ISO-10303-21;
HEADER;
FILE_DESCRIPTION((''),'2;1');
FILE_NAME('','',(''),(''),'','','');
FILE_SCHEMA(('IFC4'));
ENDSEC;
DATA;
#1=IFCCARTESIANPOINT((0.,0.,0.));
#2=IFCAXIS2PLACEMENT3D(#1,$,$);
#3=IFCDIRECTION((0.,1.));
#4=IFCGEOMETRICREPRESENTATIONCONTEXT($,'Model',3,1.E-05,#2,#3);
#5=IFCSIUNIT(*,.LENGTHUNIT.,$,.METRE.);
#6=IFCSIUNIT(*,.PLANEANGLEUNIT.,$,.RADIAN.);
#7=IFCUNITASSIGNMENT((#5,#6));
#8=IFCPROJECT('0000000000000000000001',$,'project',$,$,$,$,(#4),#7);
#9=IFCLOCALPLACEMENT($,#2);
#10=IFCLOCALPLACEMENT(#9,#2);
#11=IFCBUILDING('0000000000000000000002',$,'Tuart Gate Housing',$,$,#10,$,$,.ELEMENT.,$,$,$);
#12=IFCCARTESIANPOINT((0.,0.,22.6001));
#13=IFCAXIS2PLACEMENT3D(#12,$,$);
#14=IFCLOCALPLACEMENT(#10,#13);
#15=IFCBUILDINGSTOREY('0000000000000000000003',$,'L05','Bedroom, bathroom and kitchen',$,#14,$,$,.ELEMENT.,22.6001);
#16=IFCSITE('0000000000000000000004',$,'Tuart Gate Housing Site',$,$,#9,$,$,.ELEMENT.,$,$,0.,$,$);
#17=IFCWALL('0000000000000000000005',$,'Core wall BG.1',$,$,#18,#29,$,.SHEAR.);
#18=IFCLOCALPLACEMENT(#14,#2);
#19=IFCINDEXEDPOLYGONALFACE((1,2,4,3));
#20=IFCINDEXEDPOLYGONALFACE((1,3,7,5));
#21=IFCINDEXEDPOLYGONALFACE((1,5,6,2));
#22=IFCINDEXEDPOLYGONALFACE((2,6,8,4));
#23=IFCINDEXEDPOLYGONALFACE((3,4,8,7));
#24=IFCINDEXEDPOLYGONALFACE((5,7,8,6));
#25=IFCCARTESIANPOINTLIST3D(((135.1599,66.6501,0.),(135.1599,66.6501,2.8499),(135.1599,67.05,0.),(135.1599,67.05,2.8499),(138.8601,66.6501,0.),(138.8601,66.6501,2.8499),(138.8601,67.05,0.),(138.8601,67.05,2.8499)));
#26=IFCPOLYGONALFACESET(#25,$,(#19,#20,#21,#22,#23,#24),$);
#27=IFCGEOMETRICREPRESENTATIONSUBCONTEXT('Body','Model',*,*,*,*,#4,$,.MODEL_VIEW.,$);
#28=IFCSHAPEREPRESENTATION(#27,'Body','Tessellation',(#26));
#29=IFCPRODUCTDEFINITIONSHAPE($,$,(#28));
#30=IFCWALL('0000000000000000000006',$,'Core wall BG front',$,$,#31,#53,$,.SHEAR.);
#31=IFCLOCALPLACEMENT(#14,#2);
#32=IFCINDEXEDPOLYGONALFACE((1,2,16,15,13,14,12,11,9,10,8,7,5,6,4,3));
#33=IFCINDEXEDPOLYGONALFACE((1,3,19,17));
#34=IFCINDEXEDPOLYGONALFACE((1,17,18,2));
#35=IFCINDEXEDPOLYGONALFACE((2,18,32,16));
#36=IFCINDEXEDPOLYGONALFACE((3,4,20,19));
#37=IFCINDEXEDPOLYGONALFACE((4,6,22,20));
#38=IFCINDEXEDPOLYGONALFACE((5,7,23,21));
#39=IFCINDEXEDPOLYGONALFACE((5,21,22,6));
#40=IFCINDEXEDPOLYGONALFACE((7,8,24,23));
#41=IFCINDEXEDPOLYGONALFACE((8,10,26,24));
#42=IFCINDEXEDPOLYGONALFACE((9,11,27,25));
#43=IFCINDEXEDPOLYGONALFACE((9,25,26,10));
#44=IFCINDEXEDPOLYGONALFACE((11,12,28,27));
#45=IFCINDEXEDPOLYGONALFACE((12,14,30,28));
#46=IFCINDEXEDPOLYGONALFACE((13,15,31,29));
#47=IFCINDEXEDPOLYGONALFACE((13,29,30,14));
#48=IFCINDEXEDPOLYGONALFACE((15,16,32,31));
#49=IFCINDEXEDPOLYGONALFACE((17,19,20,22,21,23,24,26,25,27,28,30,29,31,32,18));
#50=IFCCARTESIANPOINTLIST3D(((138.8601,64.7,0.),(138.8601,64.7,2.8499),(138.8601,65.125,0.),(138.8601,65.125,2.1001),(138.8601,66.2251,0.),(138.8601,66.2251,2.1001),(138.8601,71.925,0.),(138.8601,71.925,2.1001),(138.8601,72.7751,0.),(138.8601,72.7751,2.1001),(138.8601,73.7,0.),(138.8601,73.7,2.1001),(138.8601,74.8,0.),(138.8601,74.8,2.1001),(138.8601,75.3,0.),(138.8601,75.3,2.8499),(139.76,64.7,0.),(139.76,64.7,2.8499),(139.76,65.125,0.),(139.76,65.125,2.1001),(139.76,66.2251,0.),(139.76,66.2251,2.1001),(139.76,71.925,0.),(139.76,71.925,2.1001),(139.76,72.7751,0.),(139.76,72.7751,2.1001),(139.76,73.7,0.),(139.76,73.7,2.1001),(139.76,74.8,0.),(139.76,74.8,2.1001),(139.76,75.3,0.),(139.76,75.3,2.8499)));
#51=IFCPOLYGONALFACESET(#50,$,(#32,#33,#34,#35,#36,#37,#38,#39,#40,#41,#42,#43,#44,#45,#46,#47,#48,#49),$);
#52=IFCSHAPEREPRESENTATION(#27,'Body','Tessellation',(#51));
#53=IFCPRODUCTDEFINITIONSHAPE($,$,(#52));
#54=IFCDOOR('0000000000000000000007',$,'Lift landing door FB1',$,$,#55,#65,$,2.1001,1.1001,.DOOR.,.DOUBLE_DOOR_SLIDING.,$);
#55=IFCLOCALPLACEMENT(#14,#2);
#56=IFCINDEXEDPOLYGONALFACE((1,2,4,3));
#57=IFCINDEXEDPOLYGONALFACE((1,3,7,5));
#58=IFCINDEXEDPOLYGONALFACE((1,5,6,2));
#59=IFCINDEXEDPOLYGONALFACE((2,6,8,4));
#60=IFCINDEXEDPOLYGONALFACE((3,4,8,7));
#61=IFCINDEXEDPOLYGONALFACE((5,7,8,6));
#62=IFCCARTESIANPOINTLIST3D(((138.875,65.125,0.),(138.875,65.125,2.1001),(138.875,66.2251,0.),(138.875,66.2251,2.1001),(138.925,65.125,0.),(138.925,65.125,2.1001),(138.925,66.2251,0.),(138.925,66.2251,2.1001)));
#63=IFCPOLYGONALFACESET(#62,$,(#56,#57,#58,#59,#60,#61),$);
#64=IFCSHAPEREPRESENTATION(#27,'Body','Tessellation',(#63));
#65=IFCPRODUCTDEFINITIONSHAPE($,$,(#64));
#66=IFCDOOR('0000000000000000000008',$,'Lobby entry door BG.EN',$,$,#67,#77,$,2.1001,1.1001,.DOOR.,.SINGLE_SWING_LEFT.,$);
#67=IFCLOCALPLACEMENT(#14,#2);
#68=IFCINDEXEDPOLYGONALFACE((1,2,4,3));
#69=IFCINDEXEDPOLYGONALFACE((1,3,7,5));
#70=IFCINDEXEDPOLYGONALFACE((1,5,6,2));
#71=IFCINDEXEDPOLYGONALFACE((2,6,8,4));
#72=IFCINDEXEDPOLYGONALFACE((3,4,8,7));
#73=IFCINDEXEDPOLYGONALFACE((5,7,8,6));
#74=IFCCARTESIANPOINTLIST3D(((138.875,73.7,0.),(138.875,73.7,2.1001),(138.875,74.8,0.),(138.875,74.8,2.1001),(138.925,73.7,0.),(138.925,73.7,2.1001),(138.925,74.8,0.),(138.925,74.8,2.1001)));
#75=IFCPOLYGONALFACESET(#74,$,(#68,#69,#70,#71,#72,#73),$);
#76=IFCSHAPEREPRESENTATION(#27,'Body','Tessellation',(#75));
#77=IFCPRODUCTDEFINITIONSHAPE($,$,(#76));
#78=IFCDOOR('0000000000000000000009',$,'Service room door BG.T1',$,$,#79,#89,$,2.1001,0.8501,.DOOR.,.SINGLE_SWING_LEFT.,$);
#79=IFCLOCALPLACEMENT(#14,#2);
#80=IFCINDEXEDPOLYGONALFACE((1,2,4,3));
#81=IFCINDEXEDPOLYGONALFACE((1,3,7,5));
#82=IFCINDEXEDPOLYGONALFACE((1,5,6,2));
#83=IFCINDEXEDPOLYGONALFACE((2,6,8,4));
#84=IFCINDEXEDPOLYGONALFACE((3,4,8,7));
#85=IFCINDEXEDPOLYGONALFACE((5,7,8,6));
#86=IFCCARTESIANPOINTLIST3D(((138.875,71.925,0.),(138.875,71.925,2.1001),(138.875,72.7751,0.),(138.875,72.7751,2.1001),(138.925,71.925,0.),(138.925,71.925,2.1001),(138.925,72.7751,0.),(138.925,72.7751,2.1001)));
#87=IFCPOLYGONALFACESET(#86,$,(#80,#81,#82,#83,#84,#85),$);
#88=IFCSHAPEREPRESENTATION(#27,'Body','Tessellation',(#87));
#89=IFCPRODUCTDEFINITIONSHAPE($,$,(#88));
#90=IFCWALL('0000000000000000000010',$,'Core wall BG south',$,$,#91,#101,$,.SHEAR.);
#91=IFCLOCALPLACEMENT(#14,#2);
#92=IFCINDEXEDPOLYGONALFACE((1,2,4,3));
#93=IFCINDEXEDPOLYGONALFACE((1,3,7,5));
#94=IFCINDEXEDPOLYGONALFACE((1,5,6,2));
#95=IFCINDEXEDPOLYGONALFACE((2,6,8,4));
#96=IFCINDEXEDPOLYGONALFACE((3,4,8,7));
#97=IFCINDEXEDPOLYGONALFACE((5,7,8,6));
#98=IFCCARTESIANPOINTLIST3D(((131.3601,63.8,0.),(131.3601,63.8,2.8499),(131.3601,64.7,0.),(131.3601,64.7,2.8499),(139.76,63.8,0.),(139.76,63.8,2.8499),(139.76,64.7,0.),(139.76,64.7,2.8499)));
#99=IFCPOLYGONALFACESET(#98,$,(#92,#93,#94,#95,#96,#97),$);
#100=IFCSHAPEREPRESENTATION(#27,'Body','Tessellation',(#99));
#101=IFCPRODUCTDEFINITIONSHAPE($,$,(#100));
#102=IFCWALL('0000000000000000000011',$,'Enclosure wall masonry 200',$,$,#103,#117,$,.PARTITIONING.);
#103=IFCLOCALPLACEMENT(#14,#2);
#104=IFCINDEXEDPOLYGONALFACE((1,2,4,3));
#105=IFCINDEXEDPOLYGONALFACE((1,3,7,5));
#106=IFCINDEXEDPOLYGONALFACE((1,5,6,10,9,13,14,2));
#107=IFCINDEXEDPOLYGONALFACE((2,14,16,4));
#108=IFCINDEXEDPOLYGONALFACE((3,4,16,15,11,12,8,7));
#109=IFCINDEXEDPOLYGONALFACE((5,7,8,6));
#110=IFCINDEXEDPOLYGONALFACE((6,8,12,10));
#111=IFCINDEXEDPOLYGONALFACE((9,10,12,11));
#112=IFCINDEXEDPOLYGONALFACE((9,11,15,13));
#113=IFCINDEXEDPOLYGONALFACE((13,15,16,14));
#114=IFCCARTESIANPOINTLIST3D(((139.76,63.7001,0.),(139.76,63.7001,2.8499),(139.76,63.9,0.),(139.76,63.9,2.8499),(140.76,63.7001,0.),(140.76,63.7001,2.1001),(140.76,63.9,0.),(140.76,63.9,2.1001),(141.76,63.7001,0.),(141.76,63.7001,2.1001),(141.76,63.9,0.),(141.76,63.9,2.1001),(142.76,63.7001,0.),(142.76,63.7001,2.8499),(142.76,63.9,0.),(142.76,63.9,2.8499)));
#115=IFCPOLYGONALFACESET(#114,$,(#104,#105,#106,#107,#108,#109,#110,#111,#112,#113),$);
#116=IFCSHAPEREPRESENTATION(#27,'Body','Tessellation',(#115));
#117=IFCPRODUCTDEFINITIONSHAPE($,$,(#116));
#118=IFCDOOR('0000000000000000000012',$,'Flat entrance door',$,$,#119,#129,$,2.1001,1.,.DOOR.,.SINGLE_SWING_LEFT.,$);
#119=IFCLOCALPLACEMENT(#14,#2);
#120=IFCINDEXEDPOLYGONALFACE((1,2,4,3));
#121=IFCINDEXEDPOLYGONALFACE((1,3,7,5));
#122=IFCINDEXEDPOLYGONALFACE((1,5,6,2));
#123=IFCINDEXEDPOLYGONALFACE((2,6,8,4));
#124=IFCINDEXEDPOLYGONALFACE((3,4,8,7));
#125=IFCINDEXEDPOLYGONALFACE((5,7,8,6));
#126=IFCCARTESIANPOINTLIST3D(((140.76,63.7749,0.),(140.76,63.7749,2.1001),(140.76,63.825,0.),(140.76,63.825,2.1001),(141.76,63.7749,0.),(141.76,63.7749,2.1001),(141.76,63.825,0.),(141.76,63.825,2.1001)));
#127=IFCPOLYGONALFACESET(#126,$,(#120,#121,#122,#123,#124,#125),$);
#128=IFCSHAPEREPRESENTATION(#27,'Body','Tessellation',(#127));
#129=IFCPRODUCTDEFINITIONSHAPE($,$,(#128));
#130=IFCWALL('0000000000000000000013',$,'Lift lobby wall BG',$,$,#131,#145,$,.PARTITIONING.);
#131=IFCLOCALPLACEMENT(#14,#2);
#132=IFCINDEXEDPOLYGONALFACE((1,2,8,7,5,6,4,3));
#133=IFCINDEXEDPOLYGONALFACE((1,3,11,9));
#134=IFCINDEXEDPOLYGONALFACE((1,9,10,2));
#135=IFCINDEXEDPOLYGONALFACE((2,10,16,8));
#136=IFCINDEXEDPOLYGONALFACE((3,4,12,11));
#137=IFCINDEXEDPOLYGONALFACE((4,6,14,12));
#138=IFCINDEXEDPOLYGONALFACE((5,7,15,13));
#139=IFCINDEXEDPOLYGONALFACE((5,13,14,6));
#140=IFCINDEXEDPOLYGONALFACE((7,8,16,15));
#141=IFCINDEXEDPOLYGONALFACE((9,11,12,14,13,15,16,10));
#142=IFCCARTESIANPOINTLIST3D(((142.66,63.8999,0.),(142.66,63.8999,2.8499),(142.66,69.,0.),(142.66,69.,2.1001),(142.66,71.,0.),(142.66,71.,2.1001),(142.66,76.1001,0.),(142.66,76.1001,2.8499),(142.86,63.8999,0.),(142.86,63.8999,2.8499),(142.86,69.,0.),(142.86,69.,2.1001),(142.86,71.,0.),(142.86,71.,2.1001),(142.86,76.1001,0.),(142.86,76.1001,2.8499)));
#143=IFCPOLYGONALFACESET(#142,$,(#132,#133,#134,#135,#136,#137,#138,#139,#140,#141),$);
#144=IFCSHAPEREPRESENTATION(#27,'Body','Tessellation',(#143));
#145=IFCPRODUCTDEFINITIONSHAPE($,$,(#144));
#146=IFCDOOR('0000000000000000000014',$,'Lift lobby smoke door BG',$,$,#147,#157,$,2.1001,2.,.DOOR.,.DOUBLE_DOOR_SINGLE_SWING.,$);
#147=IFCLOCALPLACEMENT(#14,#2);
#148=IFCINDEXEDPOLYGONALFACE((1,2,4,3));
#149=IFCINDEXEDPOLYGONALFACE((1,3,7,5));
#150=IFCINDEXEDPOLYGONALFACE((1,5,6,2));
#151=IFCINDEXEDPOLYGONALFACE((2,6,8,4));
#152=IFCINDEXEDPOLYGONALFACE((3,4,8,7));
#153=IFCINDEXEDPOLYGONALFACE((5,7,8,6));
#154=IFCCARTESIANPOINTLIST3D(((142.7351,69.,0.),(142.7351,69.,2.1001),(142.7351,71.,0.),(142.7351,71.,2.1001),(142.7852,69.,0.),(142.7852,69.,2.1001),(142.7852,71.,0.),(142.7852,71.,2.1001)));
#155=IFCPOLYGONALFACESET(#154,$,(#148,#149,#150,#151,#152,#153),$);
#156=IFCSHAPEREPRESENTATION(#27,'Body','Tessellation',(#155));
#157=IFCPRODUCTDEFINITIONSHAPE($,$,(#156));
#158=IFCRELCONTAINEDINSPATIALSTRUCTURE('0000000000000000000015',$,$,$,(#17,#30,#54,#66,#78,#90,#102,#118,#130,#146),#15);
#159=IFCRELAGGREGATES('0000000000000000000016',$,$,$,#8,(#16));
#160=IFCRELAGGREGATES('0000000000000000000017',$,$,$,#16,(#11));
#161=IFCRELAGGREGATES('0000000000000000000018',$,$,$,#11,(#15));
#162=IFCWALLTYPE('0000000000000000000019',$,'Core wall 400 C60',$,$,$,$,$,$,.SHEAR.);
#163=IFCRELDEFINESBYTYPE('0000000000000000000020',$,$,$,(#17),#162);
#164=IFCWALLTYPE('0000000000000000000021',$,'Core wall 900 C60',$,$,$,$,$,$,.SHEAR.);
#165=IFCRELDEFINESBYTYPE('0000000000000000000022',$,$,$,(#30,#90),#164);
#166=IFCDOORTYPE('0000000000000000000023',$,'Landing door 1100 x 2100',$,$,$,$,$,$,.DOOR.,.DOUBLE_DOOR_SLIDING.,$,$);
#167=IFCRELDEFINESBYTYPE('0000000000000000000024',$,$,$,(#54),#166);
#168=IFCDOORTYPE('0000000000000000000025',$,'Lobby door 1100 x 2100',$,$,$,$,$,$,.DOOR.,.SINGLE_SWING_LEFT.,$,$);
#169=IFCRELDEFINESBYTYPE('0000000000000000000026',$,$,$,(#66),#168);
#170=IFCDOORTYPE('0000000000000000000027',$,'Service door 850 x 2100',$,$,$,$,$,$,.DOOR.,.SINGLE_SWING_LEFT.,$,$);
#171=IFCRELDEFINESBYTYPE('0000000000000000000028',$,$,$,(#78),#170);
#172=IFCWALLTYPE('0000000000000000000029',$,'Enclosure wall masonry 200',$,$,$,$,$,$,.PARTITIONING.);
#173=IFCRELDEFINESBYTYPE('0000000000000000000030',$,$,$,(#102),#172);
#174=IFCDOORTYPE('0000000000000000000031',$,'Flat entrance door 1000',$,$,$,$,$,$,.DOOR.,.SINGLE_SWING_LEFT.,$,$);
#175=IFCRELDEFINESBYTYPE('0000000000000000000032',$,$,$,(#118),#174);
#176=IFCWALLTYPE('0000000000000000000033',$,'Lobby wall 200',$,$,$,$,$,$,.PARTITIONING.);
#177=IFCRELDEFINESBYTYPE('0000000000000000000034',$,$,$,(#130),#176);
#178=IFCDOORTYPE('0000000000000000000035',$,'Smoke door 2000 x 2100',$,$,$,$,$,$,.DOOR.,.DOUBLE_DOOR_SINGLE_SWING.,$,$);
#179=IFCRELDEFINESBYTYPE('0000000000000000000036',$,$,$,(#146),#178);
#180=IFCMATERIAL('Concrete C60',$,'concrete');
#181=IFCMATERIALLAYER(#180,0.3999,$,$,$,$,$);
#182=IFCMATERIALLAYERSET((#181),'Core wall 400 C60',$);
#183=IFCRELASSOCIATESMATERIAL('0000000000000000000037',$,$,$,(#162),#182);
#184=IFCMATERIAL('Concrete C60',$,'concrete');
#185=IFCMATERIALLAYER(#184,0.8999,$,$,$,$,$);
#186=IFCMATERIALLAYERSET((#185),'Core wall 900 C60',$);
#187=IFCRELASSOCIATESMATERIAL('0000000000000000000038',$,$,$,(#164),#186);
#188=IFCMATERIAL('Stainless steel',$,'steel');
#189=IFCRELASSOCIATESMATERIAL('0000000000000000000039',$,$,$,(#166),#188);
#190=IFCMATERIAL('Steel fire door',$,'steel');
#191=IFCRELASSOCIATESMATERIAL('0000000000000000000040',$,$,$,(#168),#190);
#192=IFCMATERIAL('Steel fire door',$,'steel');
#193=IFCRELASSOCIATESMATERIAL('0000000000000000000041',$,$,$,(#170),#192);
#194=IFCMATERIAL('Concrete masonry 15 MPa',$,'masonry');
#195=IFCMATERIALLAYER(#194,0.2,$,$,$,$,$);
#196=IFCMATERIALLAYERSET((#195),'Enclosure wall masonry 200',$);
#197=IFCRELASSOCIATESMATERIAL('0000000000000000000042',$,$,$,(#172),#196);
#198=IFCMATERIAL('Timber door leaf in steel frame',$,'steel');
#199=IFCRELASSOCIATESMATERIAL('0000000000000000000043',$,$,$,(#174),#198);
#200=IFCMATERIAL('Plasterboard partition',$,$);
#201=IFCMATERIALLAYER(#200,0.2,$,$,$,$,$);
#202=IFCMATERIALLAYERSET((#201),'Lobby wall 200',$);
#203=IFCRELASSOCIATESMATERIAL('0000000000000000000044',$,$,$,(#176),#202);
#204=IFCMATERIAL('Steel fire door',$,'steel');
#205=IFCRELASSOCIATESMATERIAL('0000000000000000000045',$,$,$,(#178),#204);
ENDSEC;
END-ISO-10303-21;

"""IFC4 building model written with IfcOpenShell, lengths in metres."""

from ifc_helpers import new_model, si_unit, direction, frame, frame_2d, origin, place, context, subcontext, project, spatial, rectangle, extrude, material, layer, layer_set, type_object, element, fill, save


model = new_model("IFC4")

# Units and contexts
model_context = context("Model", 3, precision=1e-05, world=origin(), true_north=direction((0.0, 1.0)))
body_context = subcontext(model_context, "Body", "Model", "MODEL_VIEW")
ifc_project = project(units=[si_unit("LENGTHUNIT", "METRE"), si_unit("PLANEANGLEUNIT", "RADIAN")], contexts=[model_context])

# Site, building, storey
site_placement = place(None, origin())
site = spatial("IfcSite", under=ifc_project, at=site_placement, Name="Tuart Gate Housing Site", CompositionType="ELEMENT", RefElevation=0.0)
building_placement = place(site_placement, origin())
building = spatial("IfcBuilding", under=site, at=building_placement, Name="Tuart Gate Housing", CompositionType="ELEMENT")
storey_placement = place(building_placement, frame((0.0, 0.0, 22.6001)))
storey = spatial("IfcBuildingStorey", under=building, at=storey_placement, Name="L05", Description="Bedroom, bathroom and kitchen", CompositionType="ELEMENT", Elevation=22.6001)

# Wall
ifc_material_1 = material(Name="Concrete C60", Category="concrete")
ifc_layer_1 = layer(ifc_material_1, 0.3999)
ifc_layer_set_1 = layer_set([ifc_layer_1], Name="Core wall 400 C60")
wall_type_1 = type_object("IfcWallType", Name="Core wall 400 C60", PredefinedType="SHEAR", material=ifc_layer_set_1)
wall_1_placement = place(storey_placement, frame((138.8601, 66.8501, 0.0), z_axis=(0.0, 0.0, 1.0), x_axis=(-1.0, 0.0, 0.0)))
element("IfcWall", 1, at=wall_1_placement, inside=storey, type_object=wall_type_1, Name="Core wall BG.1", PredefinedType="SHEAR", context=body_context, shape_type="SweptSolid", body=[
    extrude(rectangle(XDim=3.7002, YDim=0.3999, at=frame_2d((1.8501, 0.0))), origin(), (0.0, 0.0, 1.0), 2.8499),
])

# Wall, openings, doors
ifc_material_2 = material(Name="Concrete C60", Category="concrete")
ifc_layer_2 = layer(ifc_material_2, 0.8999)
ifc_layer_set_2 = layer_set([ifc_layer_2], Name="Core wall 900 C60")
wall_type_2 = type_object("IfcWallType", Name="Core wall 900 C60", PredefinedType="SHEAR", material=ifc_layer_set_2)
wall_2_placement = place(storey_placement, frame((139.3101, 64.7, 0.0), z_axis=(0.0, 0.0, 1.0), x_axis=(0.0, 1.0, 0.0)))
wall_2 = element("IfcWall", 2, at=wall_2_placement, inside=storey, type_object=wall_type_2, Name="Core wall BG front", PredefinedType="SHEAR", context=body_context, shape_type="SweptSolid", body=[
    extrude(rectangle(XDim=10.6001, YDim=0.8999, at=frame_2d((5.3, 0.0))), origin(), (0.0, 0.0, 1.0), 2.8499),
])
opening_1_placement = place(wall_2_placement, frame((0.425, 0.0, 0.0)))
opening_1 = element("IfcOpeningElement", 3, at=opening_1_placement, cuts=wall_2, PredefinedType="OPENING", context=body_context, shape_type="SweptSolid", body=[
    extrude(rectangle(XDim=1.1001, YDim=2.1001, at=frame_2d((0.55, 1.05))), frame((0.0, 0.46, 0.0), z_axis=(0.0, -1.0, 0.0), x_axis=(1.0, 0.0, 0.0)), (0.0, 0.0, 1.0), 0.9199),
])
opening_2_placement = place(wall_2_placement, frame((9.0, 0.0, 0.0)))
opening_2 = element("IfcOpeningElement", 4, at=opening_2_placement, cuts=wall_2, PredefinedType="OPENING", context=body_context, shape_type="SweptSolid", body=[
    extrude(rectangle(XDim=1.1001, YDim=2.1001, at=frame_2d((0.55, 1.05))), frame((0.0, 0.46, 0.0), z_axis=(0.0, -1.0, 0.0), x_axis=(1.0, 0.0, 0.0)), (0.0, 0.0, 1.0), 0.9199),
])
opening_3_placement = place(wall_2_placement, frame((7.2251, 0.0, 0.0)))
opening_3 = element("IfcOpeningElement", 5, at=opening_3_placement, cuts=wall_2, PredefinedType="OPENING", context=body_context, shape_type="SweptSolid", body=[
    extrude(rectangle(XDim=0.8501, YDim=2.1001, at=frame_2d((0.425, 1.05))), frame((0.0, 0.46, 0.0), z_axis=(0.0, -1.0, 0.0), x_axis=(1.0, 0.0, 0.0)), (0.0, 0.0, 1.0), 0.9199),
])
ifc_material_3 = material(Name="Stainless steel", Category="steel")
door_type_1 = type_object("IfcDoorType", Name="Landing door 1100 x 2100", OperationType="DOUBLE_DOOR_SLIDING", PredefinedType="DOOR", material=ifc_material_3)
door_1_placement = place(opening_1_placement, origin())
door_1 = element("IfcDoor", 6, at=door_1_placement, inside=storey, type_object=door_type_1, Name="Lift landing door FB1", OperationType="DOUBLE_DOOR_SLIDING", OverallHeight=2.1001, OverallWidth=1.1001, PredefinedType="DOOR", context=body_context, shape_type="SweptSolid", body=[
    extrude(rectangle(XDim=1.1001, YDim=2.1001, at=frame_2d((0.55, 1.05))), frame((0.0, 0.4351, 0.0), z_axis=(0.0, -1.0, 0.0), x_axis=(1.0, 0.0, 0.0)), (0.0, 0.0, 1.0), 0.05),
])
fill(opening_1, door_1)
ifc_material_4 = material(Name="Steel fire door", Category="steel")
door_type_2 = type_object("IfcDoorType", Name="Lobby door 1100 x 2100", OperationType="SINGLE_SWING_LEFT", PredefinedType="DOOR", material=ifc_material_4)
door_2_placement = place(opening_2_placement, origin())
door_2 = element("IfcDoor", 7, at=door_2_placement, inside=storey, type_object=door_type_2, Name="Lobby entry door BG.EN", OperationType="SINGLE_SWING_LEFT", OverallHeight=2.1001, OverallWidth=1.1001, PredefinedType="DOOR", context=body_context, shape_type="SweptSolid", body=[
    extrude(rectangle(XDim=1.1001, YDim=2.1001, at=frame_2d((0.55, 1.05))), frame((0.0, 0.4351, 0.0), z_axis=(0.0, -1.0, 0.0), x_axis=(1.0, 0.0, 0.0)), (0.0, 0.0, 1.0), 0.05),
])
fill(opening_2, door_2)
ifc_material_5 = material(Name="Steel fire door", Category="steel")
door_type_3 = type_object("IfcDoorType", Name="Service door 850 x 2100", OperationType="SINGLE_SWING_LEFT", PredefinedType="DOOR", material=ifc_material_5)
door_3_placement = place(opening_3_placement, origin())
door_3 = element("IfcDoor", 8, at=door_3_placement, inside=storey, type_object=door_type_3, Name="Service room door BG.T1", OperationType="SINGLE_SWING_LEFT", OverallHeight=2.1001, OverallWidth=0.8501, PredefinedType="DOOR", context=body_context, shape_type="SweptSolid", body=[
    extrude(rectangle(XDim=0.8501, YDim=2.1001, at=frame_2d((0.425, 1.05))), frame((0.0, 0.4351, 0.0), z_axis=(0.0, -1.0, 0.0), x_axis=(1.0, 0.0, 0.0)), (0.0, 0.0, 1.0), 0.05),
])
fill(opening_3, door_3)

# Wall
wall_3_placement = place(storey_placement, frame((139.76, 64.25, 0.0), z_axis=(0.0, 0.0, 1.0), x_axis=(-1.0, 0.0, 0.0)))
element("IfcWall", 9, at=wall_3_placement, inside=storey, type_object=wall_type_2, Name="Core wall BG south", PredefinedType="SHEAR", context=body_context, shape_type="SweptSolid", body=[
    extrude(rectangle(XDim=8.3999, YDim=0.8999, at=frame_2d((4.2, 0.0))), origin(), (0.0, 0.0, 1.0), 2.8499),
])

# Walls, openings, doors
ifc_material_6 = material(Name="Concrete masonry 15 MPa", Category="masonry")
ifc_layer_3 = layer(ifc_material_6, 0.2)
ifc_layer_set_3 = layer_set([ifc_layer_3], Name="Enclosure wall masonry 200")
wall_type_3 = type_object("IfcWallType", Name="Enclosure wall masonry 200", PredefinedType="PARTITIONING", material=ifc_layer_set_3)
wall_4_placement = place(storey_placement, frame((139.76, 63.8, 0.0), z_axis=(0.0, 0.0, 1.0), x_axis=(1.0, 0.0, 0.0)))
wall_4 = element("IfcWall", 10, at=wall_4_placement, inside=storey, type_object=wall_type_3, Name="Enclosure wall masonry 200", PredefinedType="PARTITIONING", context=body_context, shape_type="SweptSolid", body=[
    extrude(rectangle(XDim=3.0, YDim=0.2, at=frame_2d((1.5, 0.0))), origin(), (0.0, 0.0, 1.0), 2.8499),
])
opening_4_placement = place(wall_4_placement, frame((1.0, 0.0, 0.0)))
opening_4 = element("IfcOpeningElement", 11, at=opening_4_placement, cuts=wall_4, PredefinedType="OPENING", context=body_context, shape_type="SweptSolid", body=[
    extrude(rectangle(XDim=1.0, YDim=2.1001, at=frame_2d((0.5, 1.05))), frame((0.0, 0.1099, 0.0), z_axis=(0.0, -1.0, 0.0), x_axis=(1.0, 0.0, 0.0)), (0.0, 0.0, 1.0), 0.22),
])
ifc_material_7 = material(Name="Timber door leaf in steel frame", Category="steel")
door_type_4 = type_object("IfcDoorType", Name="Flat entrance door 1000", OperationType="SINGLE_SWING_LEFT", PredefinedType="DOOR", material=ifc_material_7)
door_4_placement = place(opening_4_placement, frame((1.0, 0.0, 0.0), z_axis=(0.0, 0.0, 1.0), x_axis=(-1.0, 0.0, 0.0)))
door_4 = element("IfcDoor", 12, at=door_4_placement, inside=storey, type_object=door_type_4, Name="Flat entrance door", OperationType="SINGLE_SWING_LEFT", OverallHeight=2.1001, OverallWidth=1.0, PredefinedType="DOOR", context=body_context, shape_type="SweptSolid", body=[
    extrude(rectangle(XDim=1.0, YDim=2.1001, at=frame_2d((0.5, 1.05))), frame((0.0, 0.0251, 0.0), z_axis=(0.0, -1.0, 0.0), x_axis=(1.0, 0.0, 0.0)), (0.0, 0.0, 1.0), 0.05),
])
fill(opening_4, door_4)
ifc_material_8 = material(Name="Plasterboard partition")
ifc_layer_4 = layer(ifc_material_8, 0.2)
ifc_layer_set_4 = layer_set([ifc_layer_4], Name="Lobby wall 200")
wall_type_4 = type_object("IfcWallType", Name="Lobby wall 200", PredefinedType="PARTITIONING", material=ifc_layer_set_4)
wall_5_placement = place(storey_placement, frame((142.76, 63.8999, 0.0), z_axis=(0.0, 0.0, 1.0), x_axis=(0.0, 1.0, 0.0)))
wall_5 = element("IfcWall", 13, at=wall_5_placement, inside=storey, type_object=wall_type_4, Name="Lift lobby wall BG", PredefinedType="PARTITIONING", context=body_context, shape_type="SweptSolid", body=[
    extrude(rectangle(XDim=12.2002, YDim=0.2, at=frame_2d((6.1001, 0.0))), origin(), (0.0, 0.0, 1.0), 2.8499),
])
opening_5_placement = place(wall_5_placement, frame((5.1001, 0.0, 0.0)))
opening_5 = element("IfcOpeningElement", 14, at=opening_5_placement, cuts=wall_5, PredefinedType="OPENING", context=body_context, shape_type="SweptSolid", body=[
    extrude(rectangle(XDim=2.0, YDim=2.1001, at=frame_2d((1.0, 1.05))), frame((0.0, 0.1099, 0.0), z_axis=(0.0, -1.0, 0.0), x_axis=(1.0, 0.0, 0.0)), (0.0, 0.0, 1.0), 0.22),
])
ifc_material_9 = material(Name="Steel fire door", Category="steel")
door_type_5 = type_object("IfcDoorType", Name="Smoke door 2000 x 2100", OperationType="DOUBLE_DOOR_SINGLE_SWING", PredefinedType="DOOR", material=ifc_material_9)
door_5_placement = place(opening_5_placement, origin())
door_5 = element("IfcDoor", 15, at=door_5_placement, inside=storey, type_object=door_type_5, Name="Lift lobby smoke door BG", OperationType="DOUBLE_DOOR_SINGLE_SWING", OverallHeight=2.1001, OverallWidth=2.0, PredefinedType="DOOR", context=body_context, shape_type="SweptSolid", body=[
    extrude(rectangle(XDim=2.0, YDim=2.1001, at=frame_2d((1.0, 1.05))), frame((0.0, 0.0249, 0.0), z_axis=(0.0, -1.0, 0.0), x_axis=(1.0, 0.0, 0.0)), (0.0, 0.0, 1.0), 0.05),
])
fill(opening_5, door_5)

save(model, "model.ifc")
